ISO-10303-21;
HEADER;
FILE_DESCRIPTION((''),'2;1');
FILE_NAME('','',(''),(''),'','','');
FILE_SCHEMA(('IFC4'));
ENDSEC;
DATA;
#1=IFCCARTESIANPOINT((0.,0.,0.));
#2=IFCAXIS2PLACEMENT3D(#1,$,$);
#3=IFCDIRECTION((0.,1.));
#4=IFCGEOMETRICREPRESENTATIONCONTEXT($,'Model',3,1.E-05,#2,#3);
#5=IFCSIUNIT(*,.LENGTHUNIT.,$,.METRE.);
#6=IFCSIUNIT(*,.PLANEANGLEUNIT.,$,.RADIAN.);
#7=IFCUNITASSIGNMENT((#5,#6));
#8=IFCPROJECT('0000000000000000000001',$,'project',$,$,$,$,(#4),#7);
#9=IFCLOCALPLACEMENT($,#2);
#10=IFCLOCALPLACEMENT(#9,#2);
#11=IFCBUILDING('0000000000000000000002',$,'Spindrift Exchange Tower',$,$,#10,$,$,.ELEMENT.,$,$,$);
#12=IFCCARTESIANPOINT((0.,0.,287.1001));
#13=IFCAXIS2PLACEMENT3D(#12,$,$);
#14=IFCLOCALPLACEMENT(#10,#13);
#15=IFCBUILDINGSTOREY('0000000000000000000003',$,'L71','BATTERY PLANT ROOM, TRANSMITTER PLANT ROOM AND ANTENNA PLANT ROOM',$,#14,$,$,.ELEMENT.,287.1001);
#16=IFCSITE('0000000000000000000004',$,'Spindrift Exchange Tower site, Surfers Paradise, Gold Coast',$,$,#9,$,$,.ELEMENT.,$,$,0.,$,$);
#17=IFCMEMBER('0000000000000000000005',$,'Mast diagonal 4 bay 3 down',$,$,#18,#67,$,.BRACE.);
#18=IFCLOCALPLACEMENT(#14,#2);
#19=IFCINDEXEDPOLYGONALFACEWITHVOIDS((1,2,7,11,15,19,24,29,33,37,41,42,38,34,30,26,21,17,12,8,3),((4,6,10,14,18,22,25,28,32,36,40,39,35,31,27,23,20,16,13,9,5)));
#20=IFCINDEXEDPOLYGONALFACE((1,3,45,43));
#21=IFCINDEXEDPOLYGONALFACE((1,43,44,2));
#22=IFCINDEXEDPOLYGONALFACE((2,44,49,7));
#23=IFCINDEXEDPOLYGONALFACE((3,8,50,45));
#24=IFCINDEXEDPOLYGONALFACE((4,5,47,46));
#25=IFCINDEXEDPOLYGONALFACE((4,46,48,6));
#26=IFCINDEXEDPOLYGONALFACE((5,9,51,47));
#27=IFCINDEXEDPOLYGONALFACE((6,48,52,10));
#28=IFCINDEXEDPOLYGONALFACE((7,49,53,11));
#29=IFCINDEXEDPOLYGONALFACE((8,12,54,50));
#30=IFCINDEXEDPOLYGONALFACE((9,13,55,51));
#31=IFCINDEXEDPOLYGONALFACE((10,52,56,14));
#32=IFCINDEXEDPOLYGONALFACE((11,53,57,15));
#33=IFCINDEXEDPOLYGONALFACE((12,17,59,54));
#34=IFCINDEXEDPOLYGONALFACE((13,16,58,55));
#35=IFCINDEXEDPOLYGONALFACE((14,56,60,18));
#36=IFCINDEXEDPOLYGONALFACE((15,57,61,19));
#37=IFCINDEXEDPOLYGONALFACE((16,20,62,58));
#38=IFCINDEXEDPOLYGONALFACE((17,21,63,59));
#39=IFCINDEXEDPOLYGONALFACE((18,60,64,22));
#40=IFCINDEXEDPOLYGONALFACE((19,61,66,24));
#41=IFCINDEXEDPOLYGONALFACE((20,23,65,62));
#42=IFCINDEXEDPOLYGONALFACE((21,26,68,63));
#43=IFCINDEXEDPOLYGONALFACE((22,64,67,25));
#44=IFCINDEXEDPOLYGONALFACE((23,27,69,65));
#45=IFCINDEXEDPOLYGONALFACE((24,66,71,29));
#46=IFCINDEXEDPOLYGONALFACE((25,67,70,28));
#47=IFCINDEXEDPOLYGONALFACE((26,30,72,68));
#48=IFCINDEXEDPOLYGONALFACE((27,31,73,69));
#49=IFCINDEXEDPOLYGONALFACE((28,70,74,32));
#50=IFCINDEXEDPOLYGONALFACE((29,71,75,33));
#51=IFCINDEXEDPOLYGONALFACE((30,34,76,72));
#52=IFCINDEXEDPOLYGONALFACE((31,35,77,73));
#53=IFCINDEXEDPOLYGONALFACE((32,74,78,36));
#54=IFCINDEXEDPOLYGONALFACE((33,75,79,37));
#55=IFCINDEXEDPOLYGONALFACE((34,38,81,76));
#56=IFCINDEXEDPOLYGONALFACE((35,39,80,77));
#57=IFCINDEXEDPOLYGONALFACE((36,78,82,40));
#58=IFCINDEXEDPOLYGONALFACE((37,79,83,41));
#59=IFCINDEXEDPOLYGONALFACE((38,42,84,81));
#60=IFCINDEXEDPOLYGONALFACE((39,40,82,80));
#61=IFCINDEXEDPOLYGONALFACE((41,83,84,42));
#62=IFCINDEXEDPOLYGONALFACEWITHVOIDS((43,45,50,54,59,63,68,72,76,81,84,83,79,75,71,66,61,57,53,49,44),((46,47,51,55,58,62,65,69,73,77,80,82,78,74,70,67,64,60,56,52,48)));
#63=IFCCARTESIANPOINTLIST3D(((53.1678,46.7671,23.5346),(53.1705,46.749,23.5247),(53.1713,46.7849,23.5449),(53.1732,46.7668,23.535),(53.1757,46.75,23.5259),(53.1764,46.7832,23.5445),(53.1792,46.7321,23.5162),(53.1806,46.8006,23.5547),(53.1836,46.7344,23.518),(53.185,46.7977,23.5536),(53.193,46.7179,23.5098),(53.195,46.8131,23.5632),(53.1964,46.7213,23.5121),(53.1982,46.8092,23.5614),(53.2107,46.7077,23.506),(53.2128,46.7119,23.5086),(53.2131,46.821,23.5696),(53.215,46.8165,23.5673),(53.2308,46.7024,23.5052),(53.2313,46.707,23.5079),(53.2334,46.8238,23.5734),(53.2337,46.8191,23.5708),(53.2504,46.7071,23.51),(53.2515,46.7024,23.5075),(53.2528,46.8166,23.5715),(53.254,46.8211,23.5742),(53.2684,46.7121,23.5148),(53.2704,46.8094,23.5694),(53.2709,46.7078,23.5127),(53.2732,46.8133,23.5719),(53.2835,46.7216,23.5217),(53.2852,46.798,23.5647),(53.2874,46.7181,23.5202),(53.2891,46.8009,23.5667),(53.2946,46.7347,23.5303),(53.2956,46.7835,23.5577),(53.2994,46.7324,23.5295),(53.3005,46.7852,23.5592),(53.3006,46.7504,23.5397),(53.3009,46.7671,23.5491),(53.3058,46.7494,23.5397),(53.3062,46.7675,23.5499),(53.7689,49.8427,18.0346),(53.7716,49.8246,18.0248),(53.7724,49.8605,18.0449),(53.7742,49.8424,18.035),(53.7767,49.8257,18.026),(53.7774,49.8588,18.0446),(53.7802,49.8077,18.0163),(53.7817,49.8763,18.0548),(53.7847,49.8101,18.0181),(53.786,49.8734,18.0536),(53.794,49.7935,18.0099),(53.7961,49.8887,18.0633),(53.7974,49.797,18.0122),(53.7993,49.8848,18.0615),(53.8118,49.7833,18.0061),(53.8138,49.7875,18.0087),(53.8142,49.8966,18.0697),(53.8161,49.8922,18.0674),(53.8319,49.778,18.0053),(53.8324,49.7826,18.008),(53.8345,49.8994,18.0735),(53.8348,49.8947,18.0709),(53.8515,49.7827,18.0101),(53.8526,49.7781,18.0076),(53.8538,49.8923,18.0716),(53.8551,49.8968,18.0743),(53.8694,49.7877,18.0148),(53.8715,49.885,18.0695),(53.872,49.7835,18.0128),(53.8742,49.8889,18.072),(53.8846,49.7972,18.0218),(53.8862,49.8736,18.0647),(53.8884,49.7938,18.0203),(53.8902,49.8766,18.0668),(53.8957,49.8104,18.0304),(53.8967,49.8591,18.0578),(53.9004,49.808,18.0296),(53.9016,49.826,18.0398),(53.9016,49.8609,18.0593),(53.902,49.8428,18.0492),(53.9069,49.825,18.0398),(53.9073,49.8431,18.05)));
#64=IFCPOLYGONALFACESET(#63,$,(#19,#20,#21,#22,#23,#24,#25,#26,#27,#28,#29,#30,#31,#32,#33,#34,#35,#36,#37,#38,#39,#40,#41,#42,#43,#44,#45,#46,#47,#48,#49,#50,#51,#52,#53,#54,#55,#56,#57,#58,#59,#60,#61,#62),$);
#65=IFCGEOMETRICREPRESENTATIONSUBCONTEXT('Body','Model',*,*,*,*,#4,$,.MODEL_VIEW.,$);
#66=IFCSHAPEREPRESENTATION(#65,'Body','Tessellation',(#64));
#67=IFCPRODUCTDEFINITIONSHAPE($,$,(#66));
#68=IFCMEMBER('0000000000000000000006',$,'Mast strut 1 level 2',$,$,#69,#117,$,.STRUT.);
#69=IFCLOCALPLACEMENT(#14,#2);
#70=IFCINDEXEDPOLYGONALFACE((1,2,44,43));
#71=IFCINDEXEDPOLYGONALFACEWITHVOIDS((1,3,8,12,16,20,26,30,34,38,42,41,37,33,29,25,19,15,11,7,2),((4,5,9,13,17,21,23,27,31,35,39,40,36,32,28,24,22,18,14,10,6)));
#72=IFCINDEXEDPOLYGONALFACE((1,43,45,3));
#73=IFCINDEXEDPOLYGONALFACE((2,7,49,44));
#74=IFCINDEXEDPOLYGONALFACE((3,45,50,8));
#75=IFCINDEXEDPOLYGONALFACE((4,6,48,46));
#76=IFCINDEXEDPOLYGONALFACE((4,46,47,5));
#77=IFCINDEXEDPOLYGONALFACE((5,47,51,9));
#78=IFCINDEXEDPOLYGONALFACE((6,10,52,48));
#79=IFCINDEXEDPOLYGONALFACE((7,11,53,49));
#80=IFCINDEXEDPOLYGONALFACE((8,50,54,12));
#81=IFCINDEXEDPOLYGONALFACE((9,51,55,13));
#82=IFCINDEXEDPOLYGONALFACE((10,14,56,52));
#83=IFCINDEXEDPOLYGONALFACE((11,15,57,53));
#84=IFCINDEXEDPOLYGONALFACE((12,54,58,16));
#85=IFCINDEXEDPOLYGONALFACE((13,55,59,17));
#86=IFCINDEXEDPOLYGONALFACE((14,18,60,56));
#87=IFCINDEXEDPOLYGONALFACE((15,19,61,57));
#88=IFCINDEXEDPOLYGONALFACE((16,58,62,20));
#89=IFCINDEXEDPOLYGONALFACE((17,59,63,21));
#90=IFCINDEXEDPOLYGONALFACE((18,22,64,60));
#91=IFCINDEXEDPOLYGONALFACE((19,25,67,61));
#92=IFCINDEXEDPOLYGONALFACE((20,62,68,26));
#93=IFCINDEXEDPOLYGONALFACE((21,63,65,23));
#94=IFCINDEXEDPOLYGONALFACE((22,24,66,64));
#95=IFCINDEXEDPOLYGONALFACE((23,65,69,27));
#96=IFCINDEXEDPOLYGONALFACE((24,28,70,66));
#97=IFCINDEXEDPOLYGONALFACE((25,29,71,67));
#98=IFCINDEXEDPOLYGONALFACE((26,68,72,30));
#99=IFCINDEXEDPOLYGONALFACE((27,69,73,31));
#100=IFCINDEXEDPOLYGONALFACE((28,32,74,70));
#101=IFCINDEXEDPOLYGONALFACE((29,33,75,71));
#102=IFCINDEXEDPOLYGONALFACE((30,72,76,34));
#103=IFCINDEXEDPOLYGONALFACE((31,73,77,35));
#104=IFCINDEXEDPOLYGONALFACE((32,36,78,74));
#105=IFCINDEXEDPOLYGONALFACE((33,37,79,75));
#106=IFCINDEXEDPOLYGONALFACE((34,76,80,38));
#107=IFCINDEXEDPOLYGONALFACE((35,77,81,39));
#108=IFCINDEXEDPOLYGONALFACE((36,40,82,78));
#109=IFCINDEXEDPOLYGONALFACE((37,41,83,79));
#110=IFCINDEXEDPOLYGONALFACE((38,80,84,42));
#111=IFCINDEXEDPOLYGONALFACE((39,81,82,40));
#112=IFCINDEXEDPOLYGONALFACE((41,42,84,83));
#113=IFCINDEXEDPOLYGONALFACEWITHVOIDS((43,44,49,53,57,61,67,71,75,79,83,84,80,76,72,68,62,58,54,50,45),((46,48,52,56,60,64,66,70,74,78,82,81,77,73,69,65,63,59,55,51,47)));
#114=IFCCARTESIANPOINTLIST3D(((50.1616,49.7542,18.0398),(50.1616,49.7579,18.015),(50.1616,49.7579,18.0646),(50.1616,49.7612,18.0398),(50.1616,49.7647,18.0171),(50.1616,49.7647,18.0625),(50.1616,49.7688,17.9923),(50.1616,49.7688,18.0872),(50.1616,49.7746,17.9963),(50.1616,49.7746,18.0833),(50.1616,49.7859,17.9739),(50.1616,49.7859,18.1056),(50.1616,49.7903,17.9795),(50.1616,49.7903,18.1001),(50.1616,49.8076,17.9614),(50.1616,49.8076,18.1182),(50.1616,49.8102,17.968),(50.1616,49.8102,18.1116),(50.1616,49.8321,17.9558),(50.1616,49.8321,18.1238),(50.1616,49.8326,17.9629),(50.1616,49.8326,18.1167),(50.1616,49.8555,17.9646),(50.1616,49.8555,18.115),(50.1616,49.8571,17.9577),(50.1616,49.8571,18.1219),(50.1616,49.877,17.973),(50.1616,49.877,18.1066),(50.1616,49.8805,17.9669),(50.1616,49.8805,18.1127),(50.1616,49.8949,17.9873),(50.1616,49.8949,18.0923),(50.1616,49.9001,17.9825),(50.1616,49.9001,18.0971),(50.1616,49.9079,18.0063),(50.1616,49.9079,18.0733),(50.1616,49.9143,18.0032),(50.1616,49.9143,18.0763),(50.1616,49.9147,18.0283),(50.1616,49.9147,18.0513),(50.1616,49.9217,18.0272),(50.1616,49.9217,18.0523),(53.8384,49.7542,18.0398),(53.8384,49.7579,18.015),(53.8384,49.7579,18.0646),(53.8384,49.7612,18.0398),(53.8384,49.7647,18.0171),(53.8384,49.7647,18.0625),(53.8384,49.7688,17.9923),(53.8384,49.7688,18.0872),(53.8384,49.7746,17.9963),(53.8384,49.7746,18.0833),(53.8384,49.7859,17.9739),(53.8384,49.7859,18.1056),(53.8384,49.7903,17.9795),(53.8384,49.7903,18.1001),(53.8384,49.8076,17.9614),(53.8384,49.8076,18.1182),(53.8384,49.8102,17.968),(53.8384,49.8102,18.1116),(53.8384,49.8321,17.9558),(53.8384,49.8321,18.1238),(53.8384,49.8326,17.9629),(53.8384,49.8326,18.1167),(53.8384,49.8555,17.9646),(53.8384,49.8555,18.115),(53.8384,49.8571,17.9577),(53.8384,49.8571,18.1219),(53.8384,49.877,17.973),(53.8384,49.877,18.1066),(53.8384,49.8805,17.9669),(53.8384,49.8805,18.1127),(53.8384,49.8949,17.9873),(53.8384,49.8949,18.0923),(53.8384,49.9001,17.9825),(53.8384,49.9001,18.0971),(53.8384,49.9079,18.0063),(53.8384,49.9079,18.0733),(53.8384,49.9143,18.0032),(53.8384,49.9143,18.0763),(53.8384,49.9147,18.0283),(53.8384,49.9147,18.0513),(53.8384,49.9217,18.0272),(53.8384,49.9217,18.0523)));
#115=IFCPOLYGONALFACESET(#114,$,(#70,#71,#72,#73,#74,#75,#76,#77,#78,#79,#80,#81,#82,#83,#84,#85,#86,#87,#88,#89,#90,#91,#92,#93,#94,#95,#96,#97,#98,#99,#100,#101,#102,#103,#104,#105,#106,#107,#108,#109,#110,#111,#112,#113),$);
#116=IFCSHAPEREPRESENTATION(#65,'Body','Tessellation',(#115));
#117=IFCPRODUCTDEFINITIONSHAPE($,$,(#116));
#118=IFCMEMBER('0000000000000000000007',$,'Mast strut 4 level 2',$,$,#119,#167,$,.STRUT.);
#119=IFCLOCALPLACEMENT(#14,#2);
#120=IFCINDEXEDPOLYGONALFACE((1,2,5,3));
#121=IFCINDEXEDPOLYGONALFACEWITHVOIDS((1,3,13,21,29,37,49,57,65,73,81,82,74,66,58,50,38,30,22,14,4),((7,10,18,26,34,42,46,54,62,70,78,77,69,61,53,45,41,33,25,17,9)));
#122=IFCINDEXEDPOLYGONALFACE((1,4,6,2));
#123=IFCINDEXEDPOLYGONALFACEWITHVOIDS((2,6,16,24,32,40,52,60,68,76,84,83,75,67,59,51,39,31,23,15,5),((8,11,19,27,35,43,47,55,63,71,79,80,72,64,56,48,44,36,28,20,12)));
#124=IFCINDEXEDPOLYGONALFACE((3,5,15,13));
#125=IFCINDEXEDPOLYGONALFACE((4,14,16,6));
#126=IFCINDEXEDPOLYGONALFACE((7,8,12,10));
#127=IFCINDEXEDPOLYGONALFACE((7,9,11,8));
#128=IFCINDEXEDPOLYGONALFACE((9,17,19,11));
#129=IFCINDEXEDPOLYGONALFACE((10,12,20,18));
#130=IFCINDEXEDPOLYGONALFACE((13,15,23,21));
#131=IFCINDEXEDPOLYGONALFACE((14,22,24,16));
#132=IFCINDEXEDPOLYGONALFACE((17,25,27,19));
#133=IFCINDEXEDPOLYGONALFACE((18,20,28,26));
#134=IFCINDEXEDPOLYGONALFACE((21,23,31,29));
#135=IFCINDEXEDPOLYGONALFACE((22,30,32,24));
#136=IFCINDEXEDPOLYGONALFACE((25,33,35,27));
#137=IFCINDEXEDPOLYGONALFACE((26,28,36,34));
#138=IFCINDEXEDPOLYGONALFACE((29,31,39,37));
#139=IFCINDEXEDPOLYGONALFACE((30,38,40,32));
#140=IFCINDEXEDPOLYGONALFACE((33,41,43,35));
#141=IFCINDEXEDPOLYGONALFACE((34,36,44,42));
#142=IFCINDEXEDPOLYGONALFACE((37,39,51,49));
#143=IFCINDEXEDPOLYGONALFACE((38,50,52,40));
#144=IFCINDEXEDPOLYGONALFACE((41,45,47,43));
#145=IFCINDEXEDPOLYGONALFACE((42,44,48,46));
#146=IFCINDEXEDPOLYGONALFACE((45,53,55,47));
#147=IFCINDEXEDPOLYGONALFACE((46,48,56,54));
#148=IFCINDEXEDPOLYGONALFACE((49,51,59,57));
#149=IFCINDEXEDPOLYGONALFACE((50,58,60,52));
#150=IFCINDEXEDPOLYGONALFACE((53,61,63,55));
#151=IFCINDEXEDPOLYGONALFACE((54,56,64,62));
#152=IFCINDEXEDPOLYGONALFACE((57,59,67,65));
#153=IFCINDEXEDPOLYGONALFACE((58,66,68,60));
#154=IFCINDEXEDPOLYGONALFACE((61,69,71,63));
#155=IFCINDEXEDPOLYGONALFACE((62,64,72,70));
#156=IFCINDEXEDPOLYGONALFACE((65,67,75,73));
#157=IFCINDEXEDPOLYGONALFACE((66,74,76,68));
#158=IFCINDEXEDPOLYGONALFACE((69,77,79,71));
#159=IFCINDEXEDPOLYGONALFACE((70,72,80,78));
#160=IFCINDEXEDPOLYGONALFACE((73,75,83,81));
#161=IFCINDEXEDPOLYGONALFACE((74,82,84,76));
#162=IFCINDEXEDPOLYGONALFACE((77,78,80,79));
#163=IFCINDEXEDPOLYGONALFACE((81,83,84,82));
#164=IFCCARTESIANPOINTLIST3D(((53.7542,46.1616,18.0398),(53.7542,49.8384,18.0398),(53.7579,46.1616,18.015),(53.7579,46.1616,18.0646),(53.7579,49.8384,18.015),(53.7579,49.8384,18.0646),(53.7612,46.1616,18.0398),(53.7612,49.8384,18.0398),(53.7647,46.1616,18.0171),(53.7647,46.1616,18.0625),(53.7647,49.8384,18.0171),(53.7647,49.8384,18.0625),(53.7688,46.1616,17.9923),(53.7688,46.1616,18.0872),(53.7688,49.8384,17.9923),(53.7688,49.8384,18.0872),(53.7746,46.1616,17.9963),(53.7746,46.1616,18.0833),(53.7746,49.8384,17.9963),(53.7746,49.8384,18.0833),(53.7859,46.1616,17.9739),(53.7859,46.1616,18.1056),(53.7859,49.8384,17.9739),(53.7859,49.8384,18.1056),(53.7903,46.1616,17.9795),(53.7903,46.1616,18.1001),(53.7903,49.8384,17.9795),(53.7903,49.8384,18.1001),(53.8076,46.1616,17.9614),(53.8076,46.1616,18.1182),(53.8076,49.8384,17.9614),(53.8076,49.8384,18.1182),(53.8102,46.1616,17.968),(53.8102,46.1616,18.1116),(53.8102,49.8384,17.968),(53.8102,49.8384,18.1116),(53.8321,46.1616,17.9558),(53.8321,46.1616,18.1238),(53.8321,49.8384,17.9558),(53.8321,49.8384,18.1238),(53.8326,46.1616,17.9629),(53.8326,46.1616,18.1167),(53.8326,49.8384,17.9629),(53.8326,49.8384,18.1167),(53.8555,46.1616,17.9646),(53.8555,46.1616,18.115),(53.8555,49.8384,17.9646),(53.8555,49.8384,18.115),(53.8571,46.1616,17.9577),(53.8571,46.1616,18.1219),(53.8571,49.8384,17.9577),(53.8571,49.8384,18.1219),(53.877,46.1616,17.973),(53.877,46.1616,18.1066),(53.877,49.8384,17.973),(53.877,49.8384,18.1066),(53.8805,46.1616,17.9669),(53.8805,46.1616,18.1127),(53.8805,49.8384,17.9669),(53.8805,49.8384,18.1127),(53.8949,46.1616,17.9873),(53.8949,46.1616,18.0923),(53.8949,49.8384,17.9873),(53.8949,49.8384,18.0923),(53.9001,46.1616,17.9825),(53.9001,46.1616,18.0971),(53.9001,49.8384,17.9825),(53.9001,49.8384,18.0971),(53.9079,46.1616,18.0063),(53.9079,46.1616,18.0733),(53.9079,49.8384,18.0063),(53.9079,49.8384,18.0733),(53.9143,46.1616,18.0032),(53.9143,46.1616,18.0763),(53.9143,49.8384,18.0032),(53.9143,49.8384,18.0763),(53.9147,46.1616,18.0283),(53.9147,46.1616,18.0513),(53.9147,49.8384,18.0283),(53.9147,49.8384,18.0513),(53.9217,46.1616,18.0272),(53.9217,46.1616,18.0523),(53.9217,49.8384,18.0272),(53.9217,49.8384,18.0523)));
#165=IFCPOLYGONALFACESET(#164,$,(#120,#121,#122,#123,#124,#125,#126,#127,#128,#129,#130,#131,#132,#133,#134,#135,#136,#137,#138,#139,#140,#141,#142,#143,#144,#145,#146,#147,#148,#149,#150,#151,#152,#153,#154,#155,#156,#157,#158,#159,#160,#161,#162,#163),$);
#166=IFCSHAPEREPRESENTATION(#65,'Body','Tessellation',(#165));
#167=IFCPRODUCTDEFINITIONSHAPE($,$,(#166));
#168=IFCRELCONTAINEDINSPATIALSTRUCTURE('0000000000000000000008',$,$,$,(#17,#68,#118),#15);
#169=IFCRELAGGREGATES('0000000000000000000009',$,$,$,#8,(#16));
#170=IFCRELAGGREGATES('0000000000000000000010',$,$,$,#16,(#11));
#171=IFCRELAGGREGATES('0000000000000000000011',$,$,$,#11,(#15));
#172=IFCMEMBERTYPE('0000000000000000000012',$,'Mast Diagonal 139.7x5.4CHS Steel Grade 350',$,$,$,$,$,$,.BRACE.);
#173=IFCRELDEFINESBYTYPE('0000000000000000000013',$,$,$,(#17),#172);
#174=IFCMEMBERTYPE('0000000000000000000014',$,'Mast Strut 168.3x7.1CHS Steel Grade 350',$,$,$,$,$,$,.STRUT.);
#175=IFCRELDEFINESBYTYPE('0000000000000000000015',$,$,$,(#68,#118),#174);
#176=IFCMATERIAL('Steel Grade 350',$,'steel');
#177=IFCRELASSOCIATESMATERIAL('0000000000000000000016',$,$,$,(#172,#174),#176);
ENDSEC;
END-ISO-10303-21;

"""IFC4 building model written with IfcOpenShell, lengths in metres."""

from ifc_helpers import new_model, si_unit, direction, frame, origin, origin_2d, place, context, subcontext, project, spatial, hollow_circle, extrude, source, transform, mapped, material, material_profile, profile_set, type_object, element, save


model = new_model("IFC4")

# Units and contexts
model_context = context("Model", 3, precision=1e-05, world=origin(), true_north=direction((0.0, 1.0)))
body_context = subcontext(model_context, "Body", "Model", "MODEL_VIEW")
ifc_project = project(units=[si_unit("LENGTHUNIT", "METRE"), si_unit("PLANEANGLEUNIT", "RADIAN")], contexts=[model_context])

# Site, building, storey
site_placement = place(None, origin())
site = spatial("IfcSite", under=ifc_project, at=site_placement, Name="Spindrift Exchange Tower site, Surfers Paradise, Gold Coast", CompositionType="ELEMENT", RefElevation=0.0)
building_placement = place(site_placement, origin())
building = spatial("IfcBuilding", under=site, at=building_placement, Name="Spindrift Exchange Tower", CompositionType="ELEMENT")
storey_placement = place(building_placement, frame((0.0, 0.0, 287.1001)))
storey = spatial("IfcBuildingStorey", under=building, at=storey_placement, Name="L71", Description="BATTERY PLANT ROOM, TRANSMITTER PLANT ROOM AND ANTENNA PLANT ROOM", CompositionType="ELEMENT", Elevation=287.1001)

# Members
ifc_material = material(Name="Steel Grade 350", Category="steel")
ifc_material_profile_1 = material_profile(ifc_material, hollow_circle(Radius=0.0698, WallThickness=0.0054, at=origin_2d()), Name="139.7x5.4CHS")
ifc_profile_set_1 = profile_set([ifc_material_profile_1], Name="Steel Grade 350")
member_type_1 = type_object("IfcMemberType", Name="Mast Diagonal 139.7x5.4CHS Steel Grade 350", PredefinedType="BRACE", material=ifc_profile_set_1)
ifc_material_profile_2 = material_profile(ifc_material, hollow_circle(Radius=0.0842, WallThickness=0.0071, at=origin_2d()), Name="168.3x7.1CHS")
ifc_profile_set_2 = profile_set([ifc_material_profile_2], Name="Steel Grade 350")
member_type_2 = type_object("IfcMemberType", Name="Mast Strut 168.3x7.1CHS Steel Grade 350", PredefinedType="STRUT", material=ifc_profile_set_2)
shared_shape_1 = source(origin(), body_context, "Body", "SweptSolid", [
    extrude(hollow_circle(Radius=0.0698, WallThickness=0.0054, at=origin_2d()), origin(), (0.0, 0.0, 1.0), 6.3301),
])
for number, where, z_axis, x_axis, name in (
    (1, (53.8384, 49.8384, 18.0398), (-0.094954, -0.485877, 0.868854), (0.981434, -0.1918, 0.0), "Mast diagonal 4 bay 3 down"),
):
    element("IfcMember", number, at=place(storey_placement, frame(where, z_axis=z_axis, x_axis=x_axis)), inside=storey, type_object=member_type_1, Name=name, PredefinedType="BRACE", context=body_context, shape_type="MappedRepresentation", body=[
        mapped(shared_shape_1, transform((0.0, 0.0, 0.0), scale=1.0)),
    ])
shared_shape_2 = source(origin(), body_context, "Body", "SweptSolid", [
    extrude(hollow_circle(Radius=0.0842, WallThickness=0.0071, at=origin_2d()), origin(), (0.0, 0.0, 1.0), 3.6768),
])
for number, where, z_axis, x_axis, name in (
    (2, (53.8384, 49.8384, 18.0398), (-1.0, 0.0, 0.0), (0.0, -1.0, 0.0), "Mast strut 1 level 2"),
    (3, (53.8384, 46.1616, 18.0398), (0.0, 1.0, 0.0), (-1.0, 0.0, 0.0), "Mast strut 4 level 2"),
):
    element("IfcMember", number, at=place(storey_placement, frame(where, z_axis=z_axis, x_axis=x_axis)), inside=storey, type_object=member_type_2, Name=name, PredefinedType="STRUT", context=body_context, shape_type="MappedRepresentation", body=[
        mapped(shared_shape_2, transform((0.0, 0.0, 0.0), scale=1.0)),
    ])

save(model, "model.ifc")
